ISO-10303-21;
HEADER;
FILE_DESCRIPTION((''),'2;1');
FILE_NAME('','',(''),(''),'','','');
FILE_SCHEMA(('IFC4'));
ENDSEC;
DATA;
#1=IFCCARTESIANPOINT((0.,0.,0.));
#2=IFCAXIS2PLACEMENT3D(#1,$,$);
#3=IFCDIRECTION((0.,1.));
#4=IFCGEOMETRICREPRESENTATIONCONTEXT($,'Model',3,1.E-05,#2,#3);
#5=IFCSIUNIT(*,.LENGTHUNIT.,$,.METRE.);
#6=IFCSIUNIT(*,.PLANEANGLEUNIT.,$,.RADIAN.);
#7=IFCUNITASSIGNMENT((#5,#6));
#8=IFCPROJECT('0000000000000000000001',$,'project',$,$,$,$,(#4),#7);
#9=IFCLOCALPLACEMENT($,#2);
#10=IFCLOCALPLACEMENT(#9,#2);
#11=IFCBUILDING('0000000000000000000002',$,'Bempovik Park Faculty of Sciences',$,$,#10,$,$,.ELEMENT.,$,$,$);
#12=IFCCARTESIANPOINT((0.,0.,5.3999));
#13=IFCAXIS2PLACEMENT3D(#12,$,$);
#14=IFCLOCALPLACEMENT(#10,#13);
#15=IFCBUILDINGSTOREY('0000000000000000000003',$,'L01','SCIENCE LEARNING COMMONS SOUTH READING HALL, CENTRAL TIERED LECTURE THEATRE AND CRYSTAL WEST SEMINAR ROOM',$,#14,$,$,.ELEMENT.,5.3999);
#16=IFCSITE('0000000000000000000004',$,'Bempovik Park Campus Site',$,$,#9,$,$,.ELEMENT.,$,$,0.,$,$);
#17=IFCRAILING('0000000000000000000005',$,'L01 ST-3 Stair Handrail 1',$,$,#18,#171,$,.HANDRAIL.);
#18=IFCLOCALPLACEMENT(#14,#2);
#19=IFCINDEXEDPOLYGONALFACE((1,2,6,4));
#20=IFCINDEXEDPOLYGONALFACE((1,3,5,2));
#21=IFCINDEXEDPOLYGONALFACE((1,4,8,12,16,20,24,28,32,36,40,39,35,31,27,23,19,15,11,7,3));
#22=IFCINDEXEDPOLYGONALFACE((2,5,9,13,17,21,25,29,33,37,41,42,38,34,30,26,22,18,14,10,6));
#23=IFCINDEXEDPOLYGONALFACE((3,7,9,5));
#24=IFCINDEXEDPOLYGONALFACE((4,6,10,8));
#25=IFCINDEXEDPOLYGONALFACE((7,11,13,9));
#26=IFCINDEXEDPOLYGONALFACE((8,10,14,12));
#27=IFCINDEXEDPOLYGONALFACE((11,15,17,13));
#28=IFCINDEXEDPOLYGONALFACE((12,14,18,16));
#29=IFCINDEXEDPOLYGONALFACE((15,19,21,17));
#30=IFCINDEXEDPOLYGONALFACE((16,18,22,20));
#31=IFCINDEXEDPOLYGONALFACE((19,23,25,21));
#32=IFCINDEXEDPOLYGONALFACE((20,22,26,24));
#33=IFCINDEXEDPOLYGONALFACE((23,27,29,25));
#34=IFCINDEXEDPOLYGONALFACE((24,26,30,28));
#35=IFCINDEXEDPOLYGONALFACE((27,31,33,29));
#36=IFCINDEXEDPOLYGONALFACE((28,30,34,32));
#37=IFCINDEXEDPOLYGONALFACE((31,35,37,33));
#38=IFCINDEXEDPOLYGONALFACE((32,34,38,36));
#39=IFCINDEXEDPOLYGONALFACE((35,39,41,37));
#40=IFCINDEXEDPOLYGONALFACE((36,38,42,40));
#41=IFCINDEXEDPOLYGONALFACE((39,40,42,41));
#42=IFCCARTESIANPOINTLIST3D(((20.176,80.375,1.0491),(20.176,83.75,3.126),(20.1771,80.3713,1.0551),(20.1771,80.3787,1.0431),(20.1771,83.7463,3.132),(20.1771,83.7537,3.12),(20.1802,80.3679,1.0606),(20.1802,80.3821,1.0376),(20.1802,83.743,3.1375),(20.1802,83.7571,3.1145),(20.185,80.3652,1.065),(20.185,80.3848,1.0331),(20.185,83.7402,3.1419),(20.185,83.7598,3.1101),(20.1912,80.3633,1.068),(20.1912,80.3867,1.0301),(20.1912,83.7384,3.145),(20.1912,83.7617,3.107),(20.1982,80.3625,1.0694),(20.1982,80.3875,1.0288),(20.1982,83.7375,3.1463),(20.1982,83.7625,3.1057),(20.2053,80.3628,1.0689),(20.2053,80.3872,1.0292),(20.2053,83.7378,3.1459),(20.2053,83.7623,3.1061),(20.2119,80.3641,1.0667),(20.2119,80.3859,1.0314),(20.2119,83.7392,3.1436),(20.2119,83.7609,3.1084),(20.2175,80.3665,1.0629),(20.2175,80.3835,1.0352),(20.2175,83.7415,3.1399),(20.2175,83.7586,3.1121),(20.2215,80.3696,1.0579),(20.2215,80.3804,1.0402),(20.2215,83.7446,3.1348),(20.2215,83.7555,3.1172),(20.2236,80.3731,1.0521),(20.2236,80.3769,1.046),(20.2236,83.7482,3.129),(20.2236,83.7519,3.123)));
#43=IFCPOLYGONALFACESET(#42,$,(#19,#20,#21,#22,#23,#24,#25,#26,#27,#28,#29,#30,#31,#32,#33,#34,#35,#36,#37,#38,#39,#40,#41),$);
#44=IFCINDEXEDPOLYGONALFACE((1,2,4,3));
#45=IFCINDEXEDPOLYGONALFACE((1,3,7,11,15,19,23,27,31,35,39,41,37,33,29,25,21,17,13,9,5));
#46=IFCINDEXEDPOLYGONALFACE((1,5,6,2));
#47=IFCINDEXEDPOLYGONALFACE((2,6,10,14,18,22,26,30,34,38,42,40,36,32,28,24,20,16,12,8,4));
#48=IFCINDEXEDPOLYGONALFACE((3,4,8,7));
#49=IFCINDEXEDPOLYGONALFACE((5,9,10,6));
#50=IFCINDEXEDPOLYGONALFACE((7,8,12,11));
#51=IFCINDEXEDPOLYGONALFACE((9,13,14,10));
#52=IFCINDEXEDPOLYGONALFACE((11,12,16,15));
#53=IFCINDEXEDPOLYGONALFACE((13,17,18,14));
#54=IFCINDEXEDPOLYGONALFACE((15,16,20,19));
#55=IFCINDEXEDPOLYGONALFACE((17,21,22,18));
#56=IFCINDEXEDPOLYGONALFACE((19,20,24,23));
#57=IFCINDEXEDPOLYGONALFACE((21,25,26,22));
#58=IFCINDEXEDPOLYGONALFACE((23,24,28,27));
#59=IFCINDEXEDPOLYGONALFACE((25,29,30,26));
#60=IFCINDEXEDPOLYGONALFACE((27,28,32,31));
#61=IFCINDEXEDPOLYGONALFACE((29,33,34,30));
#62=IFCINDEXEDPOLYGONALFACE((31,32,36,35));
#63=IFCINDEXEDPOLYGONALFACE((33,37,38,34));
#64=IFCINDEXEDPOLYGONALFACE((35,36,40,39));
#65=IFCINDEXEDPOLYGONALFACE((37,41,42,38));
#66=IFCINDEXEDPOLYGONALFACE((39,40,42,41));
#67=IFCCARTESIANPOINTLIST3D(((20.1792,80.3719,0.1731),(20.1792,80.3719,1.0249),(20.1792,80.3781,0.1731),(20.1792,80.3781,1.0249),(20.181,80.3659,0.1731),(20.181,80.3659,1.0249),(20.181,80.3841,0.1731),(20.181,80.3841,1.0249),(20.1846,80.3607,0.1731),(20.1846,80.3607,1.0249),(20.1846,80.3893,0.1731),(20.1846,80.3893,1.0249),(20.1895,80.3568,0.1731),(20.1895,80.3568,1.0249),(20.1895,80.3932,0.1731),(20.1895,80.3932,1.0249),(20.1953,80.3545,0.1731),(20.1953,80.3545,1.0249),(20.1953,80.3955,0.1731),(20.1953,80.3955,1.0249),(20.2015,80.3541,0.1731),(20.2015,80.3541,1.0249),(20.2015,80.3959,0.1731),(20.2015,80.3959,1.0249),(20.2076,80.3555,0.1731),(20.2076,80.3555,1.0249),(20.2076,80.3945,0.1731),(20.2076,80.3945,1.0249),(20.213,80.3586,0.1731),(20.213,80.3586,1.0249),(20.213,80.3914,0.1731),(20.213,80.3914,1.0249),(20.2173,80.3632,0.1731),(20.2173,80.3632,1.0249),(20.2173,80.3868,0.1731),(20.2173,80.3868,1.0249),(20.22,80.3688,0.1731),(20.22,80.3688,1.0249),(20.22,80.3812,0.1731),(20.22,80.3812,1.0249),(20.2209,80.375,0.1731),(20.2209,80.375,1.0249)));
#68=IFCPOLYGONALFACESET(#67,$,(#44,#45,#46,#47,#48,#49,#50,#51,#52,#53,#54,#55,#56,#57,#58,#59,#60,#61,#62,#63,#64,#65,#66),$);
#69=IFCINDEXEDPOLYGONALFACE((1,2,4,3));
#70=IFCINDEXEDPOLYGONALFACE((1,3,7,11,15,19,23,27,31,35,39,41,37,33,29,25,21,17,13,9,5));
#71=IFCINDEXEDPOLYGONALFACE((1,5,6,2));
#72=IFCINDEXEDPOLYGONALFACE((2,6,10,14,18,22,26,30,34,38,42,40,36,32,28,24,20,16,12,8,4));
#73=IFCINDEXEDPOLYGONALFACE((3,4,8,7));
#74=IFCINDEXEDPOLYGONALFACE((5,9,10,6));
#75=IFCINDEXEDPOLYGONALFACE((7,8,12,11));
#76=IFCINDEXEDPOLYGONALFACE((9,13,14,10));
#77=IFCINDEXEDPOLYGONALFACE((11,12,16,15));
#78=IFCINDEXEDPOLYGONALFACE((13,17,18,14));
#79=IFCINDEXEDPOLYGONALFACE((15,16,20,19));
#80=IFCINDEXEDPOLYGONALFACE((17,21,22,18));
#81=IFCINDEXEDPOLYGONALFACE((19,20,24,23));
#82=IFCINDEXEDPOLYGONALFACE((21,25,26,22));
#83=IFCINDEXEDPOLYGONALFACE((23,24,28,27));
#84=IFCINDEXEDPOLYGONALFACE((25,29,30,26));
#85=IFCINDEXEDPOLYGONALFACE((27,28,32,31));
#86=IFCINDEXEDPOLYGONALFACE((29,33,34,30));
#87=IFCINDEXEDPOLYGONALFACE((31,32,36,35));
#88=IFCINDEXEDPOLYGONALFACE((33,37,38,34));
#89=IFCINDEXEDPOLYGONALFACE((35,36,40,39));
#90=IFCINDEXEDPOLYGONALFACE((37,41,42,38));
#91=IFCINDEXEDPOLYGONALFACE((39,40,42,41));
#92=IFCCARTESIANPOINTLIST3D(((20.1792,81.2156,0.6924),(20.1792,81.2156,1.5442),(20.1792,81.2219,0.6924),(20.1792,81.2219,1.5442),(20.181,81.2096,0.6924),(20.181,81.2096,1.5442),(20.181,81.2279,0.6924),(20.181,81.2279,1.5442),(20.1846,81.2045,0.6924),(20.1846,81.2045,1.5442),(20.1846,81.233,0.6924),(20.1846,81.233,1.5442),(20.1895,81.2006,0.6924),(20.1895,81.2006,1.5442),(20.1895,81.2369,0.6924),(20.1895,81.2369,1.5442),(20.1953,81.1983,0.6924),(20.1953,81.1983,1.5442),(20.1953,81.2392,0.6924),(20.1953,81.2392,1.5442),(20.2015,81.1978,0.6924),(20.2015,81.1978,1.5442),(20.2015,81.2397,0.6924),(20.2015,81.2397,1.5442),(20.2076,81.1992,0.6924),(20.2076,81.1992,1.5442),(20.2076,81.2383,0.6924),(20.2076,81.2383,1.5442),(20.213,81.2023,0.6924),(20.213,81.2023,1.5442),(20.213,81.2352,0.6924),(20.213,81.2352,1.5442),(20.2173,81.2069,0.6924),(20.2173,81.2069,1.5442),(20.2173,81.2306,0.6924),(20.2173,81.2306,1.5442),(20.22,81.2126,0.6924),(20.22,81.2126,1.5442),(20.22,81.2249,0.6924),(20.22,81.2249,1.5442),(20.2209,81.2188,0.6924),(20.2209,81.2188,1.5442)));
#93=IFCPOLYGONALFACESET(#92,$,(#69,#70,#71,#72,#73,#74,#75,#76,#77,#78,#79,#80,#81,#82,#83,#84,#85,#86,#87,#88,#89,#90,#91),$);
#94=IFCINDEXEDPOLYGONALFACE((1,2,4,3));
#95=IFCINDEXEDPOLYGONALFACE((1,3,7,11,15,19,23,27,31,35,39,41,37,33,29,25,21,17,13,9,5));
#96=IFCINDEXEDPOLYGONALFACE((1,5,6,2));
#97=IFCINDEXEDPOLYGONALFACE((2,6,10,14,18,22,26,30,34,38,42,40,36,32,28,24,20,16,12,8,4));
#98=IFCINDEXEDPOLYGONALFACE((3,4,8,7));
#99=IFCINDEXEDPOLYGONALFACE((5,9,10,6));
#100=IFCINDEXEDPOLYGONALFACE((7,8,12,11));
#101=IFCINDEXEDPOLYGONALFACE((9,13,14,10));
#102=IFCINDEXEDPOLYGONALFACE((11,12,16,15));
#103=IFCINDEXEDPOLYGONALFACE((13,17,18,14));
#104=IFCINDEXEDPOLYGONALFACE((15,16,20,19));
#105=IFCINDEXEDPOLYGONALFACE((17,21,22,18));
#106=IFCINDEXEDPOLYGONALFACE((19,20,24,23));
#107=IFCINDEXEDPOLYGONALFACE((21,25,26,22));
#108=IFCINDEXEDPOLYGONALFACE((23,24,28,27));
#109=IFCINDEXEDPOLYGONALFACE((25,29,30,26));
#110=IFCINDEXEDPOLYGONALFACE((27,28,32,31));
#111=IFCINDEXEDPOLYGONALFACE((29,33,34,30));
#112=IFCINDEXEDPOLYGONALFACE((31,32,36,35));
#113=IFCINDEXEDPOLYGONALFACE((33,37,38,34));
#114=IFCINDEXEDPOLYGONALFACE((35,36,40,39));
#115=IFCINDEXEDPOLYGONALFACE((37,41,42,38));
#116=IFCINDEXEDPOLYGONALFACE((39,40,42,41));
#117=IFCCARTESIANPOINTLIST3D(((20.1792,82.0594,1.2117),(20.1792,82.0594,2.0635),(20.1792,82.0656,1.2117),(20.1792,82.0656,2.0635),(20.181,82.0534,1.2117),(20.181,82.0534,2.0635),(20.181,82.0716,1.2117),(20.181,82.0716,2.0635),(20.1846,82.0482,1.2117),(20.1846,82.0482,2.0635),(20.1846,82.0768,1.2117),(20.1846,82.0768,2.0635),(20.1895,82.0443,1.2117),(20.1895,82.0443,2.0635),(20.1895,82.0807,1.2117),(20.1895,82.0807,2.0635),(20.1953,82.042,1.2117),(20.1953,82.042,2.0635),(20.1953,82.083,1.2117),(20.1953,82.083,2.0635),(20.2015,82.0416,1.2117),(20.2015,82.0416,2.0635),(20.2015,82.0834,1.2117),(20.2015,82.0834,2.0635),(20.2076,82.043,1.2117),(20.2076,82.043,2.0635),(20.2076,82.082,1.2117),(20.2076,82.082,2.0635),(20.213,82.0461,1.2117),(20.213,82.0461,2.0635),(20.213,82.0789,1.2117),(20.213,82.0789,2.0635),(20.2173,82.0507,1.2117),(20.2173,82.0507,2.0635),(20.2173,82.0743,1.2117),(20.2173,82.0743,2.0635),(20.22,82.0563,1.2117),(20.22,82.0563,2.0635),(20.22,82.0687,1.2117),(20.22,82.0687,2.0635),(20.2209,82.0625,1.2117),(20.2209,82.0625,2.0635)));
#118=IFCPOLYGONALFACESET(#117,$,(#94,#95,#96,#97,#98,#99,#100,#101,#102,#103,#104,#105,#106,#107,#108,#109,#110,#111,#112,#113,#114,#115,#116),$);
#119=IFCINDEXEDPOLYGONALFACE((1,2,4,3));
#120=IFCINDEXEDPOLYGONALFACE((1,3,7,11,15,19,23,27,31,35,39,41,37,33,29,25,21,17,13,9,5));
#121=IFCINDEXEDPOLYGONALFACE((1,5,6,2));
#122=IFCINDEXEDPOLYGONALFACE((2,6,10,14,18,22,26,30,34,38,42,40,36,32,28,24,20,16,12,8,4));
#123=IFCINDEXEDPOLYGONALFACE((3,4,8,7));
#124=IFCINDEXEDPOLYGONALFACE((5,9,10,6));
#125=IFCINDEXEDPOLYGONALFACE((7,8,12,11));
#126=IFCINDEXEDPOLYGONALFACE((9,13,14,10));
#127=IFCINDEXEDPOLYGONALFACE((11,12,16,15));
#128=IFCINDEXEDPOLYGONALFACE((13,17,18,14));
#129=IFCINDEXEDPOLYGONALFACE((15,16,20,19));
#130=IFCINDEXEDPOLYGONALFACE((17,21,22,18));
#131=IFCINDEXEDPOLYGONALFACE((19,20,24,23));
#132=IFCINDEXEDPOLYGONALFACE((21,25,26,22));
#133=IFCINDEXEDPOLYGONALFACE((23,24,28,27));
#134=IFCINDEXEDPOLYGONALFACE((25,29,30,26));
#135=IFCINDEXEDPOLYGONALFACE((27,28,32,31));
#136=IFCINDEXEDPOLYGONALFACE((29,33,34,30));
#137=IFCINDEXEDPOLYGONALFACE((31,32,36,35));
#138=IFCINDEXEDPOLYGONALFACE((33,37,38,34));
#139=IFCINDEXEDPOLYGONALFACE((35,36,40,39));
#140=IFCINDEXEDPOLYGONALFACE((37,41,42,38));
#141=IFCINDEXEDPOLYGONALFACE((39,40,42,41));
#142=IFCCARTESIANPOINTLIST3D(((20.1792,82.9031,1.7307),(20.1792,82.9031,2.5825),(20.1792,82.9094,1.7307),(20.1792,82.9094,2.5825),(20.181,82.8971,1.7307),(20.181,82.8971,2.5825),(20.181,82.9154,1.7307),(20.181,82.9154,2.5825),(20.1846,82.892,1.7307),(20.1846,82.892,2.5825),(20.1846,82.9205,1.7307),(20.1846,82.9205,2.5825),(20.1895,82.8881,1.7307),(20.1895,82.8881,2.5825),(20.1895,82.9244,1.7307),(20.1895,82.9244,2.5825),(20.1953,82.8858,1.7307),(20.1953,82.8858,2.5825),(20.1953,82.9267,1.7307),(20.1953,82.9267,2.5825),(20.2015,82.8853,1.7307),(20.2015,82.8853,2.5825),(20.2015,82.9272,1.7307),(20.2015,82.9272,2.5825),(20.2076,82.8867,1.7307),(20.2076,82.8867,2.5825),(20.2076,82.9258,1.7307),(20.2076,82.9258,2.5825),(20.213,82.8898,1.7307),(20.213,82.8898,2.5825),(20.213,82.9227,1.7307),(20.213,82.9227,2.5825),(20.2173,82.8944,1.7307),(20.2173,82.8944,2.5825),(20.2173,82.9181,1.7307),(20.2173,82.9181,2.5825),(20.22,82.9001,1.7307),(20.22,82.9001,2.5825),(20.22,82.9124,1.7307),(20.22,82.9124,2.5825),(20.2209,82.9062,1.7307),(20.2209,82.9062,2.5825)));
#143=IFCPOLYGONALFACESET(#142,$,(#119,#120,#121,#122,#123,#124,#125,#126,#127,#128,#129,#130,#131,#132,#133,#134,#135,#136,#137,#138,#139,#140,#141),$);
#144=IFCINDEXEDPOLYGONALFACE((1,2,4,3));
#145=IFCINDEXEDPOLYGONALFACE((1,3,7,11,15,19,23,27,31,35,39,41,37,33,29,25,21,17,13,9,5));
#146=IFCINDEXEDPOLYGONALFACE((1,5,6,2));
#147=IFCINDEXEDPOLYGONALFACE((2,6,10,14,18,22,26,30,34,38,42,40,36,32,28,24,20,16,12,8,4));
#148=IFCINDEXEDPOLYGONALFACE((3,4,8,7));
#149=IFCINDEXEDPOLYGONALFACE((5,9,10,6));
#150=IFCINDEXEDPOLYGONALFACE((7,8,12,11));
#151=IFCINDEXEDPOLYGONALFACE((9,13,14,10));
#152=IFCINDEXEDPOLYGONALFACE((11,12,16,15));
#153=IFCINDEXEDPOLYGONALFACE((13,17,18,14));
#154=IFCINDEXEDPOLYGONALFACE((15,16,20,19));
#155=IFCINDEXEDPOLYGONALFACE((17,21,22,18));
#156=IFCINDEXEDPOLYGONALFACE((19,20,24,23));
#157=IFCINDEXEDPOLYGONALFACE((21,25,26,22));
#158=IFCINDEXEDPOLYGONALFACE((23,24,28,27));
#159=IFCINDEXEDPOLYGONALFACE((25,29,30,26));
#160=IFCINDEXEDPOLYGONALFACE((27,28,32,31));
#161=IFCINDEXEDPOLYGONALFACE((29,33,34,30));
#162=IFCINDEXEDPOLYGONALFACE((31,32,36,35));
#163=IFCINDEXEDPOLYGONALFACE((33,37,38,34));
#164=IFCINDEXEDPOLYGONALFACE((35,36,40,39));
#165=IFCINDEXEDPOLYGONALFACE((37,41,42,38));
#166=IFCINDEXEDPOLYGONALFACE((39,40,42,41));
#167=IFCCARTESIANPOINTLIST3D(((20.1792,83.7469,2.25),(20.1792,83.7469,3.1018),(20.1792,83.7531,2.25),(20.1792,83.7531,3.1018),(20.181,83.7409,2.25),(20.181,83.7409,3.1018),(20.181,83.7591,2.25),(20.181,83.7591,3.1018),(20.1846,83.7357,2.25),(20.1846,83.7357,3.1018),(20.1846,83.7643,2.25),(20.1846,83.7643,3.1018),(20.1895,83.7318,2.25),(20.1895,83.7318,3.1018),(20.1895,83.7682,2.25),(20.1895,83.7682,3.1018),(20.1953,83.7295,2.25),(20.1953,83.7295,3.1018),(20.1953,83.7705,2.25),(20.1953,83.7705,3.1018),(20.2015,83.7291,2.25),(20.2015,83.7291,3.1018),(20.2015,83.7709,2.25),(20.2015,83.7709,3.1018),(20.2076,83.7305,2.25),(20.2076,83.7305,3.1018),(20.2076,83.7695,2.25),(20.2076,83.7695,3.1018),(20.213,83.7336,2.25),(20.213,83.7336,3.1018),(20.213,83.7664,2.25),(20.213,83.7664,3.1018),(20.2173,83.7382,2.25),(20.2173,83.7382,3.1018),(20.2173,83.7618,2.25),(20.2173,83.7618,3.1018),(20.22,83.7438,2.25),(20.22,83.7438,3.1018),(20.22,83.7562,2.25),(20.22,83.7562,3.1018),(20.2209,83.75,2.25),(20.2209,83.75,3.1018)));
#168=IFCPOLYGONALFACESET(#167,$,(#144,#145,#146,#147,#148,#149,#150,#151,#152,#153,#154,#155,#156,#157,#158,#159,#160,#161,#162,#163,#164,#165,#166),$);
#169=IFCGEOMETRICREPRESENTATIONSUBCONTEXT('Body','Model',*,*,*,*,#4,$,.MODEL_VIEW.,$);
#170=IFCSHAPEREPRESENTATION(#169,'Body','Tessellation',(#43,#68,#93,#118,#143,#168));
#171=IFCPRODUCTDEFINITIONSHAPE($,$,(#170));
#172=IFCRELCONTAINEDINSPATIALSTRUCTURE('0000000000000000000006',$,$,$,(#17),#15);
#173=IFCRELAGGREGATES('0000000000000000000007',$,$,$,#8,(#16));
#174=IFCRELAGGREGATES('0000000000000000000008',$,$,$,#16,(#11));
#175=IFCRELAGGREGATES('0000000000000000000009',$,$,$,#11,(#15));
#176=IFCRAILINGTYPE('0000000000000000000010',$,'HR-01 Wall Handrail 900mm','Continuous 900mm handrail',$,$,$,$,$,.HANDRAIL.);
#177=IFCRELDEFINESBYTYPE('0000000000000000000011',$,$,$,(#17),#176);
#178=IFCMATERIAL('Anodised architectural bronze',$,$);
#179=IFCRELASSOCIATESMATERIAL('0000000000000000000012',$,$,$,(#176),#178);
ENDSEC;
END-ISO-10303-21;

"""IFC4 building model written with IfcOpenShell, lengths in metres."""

from ifc_helpers import new_model, si_unit, direction, frame, origin, origin_2d, place, context, subcontext, project, spatial, circle, extrude, material, type_object, element, save


model = new_model("IFC4")

# Units and contexts
model_context = context("Model", 3, precision=1e-05, world=origin(), true_north=direction((0.0, 1.0)))
body_context = subcontext(model_context, "Body", "Model", "MODEL_VIEW")
ifc_project = project(units=[si_unit("LENGTHUNIT", "METRE"), si_unit("PLANEANGLEUNIT", "RADIAN")], contexts=[model_context])

# Site, building, storey
site_placement = place(None, origin())
site = spatial("IfcSite", under=ifc_project, at=site_placement, Name="Bempovik Park Campus Site", CompositionType="ELEMENT", RefElevation=0.0)
building_placement = place(site_placement, origin())
building = spatial("IfcBuilding", under=site, at=building_placement, Name="Bempovik Park Faculty of Sciences", CompositionType="ELEMENT")
storey_placement = place(building_placement, frame((0.0, 0.0, 5.3999)))
storey = spatial("IfcBuildingStorey", under=building, at=storey_placement, Name="L01", Description="SCIENCE LEARNING COMMONS SOUTH READING HALL, CENTRAL TIERED LECTURE THEATRE AND CRYSTAL WEST SEMINAR ROOM", CompositionType="ELEMENT", Elevation=5.3999)

# Railing
ifc_material_1 = material(Name="Anodised architectural bronze")
railing_type_1 = type_object("IfcRailingType", Name="HR-01 Wall Handrail 900mm", Description="Continuous 900mm handrail", PredefinedType="HANDRAIL", material=ifc_material_1)
railing_1_placement = place(storey_placement, frame((20.2, 80.375, 0.1731)))
element("IfcRailing", 1, at=railing_1_placement, inside=storey, type_object=railing_type_1, Name="L01 ST-3 Stair Handrail 1", PredefinedType="HANDRAIL", context=body_context, shape_type="SweptSolid", body=[
    extrude(circle(Radius=0.0239, at=origin_2d()), frame((0.0, 0.0, 0.876), z_axis=(0.0, 0.85166, 0.524094), x_axis=(-1.0, 0.0, 0.0)), (0.0, 0.0, 1.0), 3.9629),
    extrude(circle(Radius=0.021, at=origin_2d()), origin(), (0.0, 0.0, 1.0), 0.8518),
    extrude(circle(Radius=0.021, at=origin_2d()), frame((0.0, 0.8438, 0.5193)), (0.0, 0.0, 1.0), 0.8518),
    extrude(circle(Radius=0.021, at=origin_2d()), frame((0.0, 1.6875, 1.0386)), (0.0, 0.0, 1.0), 0.8518),
    extrude(circle(Radius=0.021, at=origin_2d()), frame((0.0, 2.5312, 1.5576)), (0.0, 0.0, 1.0), 0.8518),
    extrude(circle(Radius=0.021, at=origin_2d()), frame((0.0, 3.375, 2.0769)), (0.0, 0.0, 1.0), 0.8518),
])

save(model, "model.ifc")
